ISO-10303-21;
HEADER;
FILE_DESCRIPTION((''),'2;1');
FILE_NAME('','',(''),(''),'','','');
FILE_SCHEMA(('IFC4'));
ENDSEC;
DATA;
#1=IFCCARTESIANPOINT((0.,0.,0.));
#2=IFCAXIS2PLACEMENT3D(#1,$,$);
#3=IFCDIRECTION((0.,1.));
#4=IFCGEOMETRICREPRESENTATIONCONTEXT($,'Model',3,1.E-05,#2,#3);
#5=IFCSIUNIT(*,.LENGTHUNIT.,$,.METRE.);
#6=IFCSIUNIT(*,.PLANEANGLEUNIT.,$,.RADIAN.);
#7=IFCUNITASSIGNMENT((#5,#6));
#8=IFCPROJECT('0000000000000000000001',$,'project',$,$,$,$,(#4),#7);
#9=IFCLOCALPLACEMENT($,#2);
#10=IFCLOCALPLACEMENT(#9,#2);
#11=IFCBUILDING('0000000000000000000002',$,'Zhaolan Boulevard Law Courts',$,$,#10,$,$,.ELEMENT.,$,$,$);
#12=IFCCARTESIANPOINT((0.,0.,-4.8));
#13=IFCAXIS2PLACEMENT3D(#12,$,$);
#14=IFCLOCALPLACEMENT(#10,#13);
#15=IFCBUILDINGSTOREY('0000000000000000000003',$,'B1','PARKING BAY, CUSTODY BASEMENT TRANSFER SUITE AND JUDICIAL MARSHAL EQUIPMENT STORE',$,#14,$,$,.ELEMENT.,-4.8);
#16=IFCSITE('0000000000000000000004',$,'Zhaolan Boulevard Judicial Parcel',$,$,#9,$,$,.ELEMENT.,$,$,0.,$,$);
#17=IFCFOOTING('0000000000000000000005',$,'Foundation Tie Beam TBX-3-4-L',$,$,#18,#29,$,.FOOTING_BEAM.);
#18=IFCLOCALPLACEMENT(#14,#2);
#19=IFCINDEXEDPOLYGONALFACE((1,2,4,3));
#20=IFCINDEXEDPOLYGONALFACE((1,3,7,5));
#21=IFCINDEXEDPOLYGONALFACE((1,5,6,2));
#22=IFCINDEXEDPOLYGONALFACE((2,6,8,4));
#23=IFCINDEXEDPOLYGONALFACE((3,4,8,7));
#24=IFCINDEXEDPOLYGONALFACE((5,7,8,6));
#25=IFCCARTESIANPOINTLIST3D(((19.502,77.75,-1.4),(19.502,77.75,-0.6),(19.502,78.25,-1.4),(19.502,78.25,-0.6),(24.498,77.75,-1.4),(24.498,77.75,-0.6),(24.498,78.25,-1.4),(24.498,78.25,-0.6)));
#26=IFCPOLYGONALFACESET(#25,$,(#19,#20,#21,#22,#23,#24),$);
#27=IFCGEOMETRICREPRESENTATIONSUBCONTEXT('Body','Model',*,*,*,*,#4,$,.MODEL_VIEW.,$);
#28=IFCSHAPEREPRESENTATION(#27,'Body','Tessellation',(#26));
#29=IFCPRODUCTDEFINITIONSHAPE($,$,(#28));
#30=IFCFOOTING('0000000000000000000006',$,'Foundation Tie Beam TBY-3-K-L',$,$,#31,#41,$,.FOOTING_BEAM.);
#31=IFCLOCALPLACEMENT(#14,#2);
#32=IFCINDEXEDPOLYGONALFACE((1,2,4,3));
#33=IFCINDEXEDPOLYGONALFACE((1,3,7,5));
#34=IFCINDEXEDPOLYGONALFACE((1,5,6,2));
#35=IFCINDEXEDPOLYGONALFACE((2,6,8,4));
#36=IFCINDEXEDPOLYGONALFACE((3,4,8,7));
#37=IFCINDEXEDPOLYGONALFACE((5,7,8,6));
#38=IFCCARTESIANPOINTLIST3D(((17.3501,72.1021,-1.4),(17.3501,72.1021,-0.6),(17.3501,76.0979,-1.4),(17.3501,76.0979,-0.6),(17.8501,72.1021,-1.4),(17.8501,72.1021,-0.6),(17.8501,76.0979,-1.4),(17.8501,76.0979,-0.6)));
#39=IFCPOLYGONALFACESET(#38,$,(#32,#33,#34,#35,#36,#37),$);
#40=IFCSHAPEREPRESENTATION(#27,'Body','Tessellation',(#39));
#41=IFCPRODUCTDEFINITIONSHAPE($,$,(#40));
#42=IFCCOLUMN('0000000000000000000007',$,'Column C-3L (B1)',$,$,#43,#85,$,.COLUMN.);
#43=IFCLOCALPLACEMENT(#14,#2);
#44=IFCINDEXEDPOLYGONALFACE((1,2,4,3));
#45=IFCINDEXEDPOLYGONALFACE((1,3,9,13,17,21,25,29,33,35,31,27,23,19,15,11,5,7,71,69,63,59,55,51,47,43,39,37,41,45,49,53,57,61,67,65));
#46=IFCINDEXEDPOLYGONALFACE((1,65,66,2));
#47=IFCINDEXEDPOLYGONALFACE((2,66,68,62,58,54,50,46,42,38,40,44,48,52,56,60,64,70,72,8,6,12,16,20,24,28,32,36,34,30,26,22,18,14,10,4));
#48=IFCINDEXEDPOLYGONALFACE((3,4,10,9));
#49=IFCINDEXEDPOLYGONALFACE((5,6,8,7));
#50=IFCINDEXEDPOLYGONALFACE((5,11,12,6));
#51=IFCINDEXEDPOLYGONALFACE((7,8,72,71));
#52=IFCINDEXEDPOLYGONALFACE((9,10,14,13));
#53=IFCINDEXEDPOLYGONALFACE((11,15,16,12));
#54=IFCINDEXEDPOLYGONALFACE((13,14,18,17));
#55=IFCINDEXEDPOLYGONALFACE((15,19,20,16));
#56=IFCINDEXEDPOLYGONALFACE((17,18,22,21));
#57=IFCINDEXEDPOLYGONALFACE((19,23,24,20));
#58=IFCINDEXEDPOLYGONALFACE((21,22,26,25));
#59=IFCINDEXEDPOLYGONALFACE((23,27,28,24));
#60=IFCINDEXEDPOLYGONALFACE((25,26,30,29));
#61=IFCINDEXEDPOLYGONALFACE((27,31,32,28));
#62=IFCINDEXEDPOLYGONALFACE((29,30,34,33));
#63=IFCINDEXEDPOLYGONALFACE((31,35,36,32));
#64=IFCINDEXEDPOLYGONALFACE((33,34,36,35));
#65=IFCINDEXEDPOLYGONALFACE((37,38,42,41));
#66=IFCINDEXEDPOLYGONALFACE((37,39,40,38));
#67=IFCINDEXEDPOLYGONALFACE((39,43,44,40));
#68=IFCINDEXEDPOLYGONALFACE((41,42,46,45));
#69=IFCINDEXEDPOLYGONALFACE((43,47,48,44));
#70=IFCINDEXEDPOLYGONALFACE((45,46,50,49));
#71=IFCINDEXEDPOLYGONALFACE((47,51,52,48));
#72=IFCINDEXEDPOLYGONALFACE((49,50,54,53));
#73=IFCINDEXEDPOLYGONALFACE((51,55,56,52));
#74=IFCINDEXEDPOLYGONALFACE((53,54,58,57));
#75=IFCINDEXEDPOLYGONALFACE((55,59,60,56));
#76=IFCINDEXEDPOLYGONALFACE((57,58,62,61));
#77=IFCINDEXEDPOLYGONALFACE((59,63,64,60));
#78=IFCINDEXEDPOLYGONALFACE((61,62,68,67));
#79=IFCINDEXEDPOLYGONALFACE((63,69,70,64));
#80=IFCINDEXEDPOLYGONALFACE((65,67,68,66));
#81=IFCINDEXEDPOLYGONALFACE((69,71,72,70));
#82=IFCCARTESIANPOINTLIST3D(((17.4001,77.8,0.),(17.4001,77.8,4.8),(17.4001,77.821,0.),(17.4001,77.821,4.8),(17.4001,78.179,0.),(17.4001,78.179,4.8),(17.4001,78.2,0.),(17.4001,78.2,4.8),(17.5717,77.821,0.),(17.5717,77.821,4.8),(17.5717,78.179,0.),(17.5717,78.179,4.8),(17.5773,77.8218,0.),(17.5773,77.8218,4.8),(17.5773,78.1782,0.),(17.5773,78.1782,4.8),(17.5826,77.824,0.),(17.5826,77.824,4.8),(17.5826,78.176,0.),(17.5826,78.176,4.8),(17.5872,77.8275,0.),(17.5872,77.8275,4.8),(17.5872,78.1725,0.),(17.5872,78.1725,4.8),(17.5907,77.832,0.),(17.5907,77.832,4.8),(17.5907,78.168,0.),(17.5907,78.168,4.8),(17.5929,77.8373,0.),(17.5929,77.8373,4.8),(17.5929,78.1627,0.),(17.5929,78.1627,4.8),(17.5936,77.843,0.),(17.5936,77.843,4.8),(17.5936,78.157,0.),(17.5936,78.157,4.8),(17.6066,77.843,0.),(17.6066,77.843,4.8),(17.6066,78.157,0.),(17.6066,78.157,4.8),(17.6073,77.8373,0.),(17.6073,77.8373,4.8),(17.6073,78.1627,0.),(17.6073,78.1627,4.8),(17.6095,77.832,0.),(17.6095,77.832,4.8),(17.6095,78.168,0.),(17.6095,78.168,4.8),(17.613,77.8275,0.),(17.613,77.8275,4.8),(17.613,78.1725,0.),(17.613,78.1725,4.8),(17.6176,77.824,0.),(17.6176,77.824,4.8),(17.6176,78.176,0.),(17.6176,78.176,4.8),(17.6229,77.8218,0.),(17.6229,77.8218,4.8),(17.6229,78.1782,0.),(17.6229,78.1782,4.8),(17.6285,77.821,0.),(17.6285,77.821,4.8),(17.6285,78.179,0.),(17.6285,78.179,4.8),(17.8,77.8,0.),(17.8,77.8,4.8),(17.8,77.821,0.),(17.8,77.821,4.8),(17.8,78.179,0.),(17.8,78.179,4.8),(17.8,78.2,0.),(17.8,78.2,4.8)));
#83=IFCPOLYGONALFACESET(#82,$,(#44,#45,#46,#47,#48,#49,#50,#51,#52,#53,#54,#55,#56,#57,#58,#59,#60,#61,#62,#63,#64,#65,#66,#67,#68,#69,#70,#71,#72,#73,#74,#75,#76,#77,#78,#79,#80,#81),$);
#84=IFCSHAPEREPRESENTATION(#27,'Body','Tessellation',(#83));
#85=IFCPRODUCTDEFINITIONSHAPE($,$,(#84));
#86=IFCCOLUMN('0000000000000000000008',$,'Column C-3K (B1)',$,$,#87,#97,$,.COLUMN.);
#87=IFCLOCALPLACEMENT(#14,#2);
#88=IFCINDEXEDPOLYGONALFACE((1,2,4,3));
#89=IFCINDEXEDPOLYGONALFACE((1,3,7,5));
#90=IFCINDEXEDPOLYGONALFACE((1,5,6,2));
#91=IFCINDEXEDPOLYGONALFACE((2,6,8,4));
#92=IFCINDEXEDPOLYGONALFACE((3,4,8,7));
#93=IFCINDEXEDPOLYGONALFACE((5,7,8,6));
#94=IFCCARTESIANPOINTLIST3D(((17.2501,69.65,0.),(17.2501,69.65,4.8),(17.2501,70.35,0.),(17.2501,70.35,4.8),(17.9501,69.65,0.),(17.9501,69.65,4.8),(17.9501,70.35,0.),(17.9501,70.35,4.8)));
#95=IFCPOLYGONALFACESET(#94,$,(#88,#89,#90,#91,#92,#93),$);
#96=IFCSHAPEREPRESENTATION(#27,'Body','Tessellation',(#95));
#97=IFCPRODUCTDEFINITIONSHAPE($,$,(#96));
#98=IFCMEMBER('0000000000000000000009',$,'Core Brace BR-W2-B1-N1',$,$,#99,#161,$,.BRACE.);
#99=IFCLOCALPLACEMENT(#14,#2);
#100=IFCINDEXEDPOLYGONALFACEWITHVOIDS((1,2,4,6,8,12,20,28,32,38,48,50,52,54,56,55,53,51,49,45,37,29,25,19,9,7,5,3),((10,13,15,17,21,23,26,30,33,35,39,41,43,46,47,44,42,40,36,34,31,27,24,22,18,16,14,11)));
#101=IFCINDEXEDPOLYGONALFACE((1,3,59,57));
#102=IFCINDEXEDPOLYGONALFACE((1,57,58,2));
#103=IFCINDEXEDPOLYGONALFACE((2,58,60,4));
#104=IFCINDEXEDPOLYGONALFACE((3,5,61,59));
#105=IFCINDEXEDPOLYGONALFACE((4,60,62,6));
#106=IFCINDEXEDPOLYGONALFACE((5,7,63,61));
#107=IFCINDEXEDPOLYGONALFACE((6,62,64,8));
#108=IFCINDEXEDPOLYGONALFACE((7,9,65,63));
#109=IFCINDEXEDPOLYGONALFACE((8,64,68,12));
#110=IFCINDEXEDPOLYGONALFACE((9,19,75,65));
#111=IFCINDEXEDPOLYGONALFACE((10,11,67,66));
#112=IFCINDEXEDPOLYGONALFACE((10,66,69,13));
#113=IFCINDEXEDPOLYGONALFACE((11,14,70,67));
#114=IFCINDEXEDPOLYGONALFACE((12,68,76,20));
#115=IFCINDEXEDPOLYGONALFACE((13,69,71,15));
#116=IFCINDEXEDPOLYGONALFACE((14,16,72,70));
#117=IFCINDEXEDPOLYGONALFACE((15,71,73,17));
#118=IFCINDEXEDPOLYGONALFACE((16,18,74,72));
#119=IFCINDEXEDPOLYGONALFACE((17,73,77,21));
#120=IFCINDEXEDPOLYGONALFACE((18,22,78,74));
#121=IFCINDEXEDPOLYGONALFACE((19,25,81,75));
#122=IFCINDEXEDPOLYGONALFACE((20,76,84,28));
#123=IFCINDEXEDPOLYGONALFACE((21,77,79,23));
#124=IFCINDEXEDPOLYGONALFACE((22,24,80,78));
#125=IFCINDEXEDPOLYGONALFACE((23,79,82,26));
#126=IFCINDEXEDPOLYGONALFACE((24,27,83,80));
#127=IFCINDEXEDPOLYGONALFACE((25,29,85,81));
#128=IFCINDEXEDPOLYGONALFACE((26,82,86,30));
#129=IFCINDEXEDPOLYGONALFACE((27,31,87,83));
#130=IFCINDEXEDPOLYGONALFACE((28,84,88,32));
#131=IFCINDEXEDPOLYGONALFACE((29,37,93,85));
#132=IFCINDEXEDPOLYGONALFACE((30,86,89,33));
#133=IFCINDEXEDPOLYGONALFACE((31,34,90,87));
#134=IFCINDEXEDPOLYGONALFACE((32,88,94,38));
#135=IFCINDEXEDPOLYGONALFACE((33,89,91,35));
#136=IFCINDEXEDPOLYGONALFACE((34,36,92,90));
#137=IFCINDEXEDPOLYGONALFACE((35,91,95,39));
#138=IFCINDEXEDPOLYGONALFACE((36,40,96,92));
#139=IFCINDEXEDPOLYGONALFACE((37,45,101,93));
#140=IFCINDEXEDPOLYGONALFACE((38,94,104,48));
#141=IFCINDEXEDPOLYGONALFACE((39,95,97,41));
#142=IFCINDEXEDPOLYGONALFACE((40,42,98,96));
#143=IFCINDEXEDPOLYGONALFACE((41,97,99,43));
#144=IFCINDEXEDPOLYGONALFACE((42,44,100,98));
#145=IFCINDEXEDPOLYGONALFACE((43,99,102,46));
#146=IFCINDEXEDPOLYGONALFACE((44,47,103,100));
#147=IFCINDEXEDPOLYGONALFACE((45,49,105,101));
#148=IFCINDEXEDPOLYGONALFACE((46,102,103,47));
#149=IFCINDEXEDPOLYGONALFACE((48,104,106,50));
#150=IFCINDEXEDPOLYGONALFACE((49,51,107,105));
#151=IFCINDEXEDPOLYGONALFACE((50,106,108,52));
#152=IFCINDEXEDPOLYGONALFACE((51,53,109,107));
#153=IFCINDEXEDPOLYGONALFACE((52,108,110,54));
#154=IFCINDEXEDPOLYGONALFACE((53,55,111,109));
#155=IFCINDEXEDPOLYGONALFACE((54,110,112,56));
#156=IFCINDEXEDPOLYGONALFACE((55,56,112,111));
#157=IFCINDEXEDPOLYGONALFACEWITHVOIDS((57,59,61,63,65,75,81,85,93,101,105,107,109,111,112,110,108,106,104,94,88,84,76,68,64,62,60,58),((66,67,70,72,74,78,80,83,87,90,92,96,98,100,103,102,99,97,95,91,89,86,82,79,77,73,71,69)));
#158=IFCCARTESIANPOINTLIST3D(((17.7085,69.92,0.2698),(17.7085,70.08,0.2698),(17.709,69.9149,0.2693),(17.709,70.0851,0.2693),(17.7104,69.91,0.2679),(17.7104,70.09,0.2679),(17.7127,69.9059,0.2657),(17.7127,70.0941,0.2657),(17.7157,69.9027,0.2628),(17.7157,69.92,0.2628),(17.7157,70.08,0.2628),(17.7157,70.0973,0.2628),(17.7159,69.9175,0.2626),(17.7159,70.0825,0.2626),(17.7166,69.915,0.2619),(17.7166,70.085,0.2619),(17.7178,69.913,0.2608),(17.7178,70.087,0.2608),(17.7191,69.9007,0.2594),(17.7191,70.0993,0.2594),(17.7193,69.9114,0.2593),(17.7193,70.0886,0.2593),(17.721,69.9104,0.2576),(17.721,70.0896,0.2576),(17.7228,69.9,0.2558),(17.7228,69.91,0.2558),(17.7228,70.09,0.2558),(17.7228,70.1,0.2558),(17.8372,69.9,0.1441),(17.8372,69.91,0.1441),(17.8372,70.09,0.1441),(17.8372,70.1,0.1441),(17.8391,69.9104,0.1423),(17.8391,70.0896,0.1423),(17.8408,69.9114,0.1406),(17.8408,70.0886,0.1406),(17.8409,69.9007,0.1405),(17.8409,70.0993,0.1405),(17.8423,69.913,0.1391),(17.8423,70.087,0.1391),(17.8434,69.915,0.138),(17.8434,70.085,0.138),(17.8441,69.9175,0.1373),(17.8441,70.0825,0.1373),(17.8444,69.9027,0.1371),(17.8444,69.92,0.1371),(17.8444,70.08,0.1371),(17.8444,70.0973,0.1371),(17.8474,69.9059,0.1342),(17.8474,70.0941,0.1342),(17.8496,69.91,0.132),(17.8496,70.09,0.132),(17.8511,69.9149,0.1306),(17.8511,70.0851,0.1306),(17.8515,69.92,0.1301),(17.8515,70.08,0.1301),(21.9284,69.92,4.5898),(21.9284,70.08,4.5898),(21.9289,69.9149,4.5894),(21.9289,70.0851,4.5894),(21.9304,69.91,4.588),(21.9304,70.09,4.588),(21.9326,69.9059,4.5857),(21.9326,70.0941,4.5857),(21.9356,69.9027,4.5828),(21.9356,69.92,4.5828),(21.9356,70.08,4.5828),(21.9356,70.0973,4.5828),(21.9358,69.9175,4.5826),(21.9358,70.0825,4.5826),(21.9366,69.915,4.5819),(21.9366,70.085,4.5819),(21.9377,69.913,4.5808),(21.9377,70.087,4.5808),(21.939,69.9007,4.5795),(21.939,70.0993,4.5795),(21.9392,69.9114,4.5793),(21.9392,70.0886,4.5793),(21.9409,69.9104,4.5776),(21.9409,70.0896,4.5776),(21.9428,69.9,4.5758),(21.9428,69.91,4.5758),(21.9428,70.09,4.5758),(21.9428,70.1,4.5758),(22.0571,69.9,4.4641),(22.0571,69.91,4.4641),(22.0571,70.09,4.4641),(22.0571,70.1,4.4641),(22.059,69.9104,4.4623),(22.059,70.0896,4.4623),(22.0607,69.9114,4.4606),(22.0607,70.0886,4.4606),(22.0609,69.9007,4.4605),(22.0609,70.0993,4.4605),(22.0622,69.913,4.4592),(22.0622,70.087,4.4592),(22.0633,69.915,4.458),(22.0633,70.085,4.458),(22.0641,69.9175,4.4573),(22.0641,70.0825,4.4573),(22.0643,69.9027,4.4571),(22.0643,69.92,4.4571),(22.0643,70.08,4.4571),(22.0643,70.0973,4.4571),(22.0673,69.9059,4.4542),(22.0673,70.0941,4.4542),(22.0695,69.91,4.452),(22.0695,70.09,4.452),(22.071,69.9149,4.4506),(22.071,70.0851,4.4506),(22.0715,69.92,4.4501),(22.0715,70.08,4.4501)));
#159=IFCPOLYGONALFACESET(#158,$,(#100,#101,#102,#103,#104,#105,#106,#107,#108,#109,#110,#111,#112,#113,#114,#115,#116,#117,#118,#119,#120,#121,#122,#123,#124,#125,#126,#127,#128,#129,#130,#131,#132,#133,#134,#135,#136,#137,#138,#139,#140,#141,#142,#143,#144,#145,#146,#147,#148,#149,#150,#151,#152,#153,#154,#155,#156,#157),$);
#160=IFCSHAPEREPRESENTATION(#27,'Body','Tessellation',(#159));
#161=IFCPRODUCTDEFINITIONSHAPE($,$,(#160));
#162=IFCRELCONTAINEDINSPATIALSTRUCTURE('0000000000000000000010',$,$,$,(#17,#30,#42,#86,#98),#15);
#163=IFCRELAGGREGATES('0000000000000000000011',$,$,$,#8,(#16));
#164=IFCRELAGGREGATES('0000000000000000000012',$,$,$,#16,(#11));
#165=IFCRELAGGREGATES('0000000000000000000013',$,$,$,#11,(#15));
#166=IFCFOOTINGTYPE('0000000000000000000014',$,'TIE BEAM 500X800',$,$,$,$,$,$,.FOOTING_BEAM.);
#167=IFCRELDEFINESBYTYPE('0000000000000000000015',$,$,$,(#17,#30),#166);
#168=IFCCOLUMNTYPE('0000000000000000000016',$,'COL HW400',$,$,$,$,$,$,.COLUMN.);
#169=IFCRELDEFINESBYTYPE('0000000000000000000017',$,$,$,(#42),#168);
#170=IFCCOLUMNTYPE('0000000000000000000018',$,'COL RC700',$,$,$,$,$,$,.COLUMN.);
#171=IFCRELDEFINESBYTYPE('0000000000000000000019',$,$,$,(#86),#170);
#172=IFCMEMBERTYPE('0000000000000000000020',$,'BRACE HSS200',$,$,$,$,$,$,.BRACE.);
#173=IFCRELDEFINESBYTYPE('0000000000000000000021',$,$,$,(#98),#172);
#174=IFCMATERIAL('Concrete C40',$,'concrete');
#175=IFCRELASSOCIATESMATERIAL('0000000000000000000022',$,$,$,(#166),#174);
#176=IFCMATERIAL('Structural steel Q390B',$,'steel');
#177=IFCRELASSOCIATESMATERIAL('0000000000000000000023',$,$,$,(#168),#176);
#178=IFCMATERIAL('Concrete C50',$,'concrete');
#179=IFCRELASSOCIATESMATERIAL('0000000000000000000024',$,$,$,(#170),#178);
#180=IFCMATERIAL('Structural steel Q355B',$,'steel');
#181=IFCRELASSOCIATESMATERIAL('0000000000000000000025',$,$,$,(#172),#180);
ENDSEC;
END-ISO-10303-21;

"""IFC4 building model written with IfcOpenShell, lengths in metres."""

from ifc_helpers import new_model, si_unit, direction, frame, origin, origin_2d, place, context, subcontext, project, spatial, rectangle, hollow_rectangle, i_section, extrude, material, material_profile, profile_set, type_object, element, save


model = new_model("IFC4")

# Units and contexts
model_context = context("Model", 3, precision=1e-05, world=origin(), true_north=direction((0.0, 1.0)))
body_context = subcontext(model_context, "Body", "Model", "MODEL_VIEW")
ifc_project = project(units=[si_unit("LENGTHUNIT", "METRE"), si_unit("PLANEANGLEUNIT", "RADIAN")], contexts=[model_context])

# Site, building, storey
site_placement = place(None, origin())
site = spatial("IfcSite", under=ifc_project, at=site_placement, Name="Zhaolan Boulevard Judicial Parcel", CompositionType="ELEMENT", RefElevation=0.0)
building_placement = place(site_placement, origin())
building = spatial("IfcBuilding", under=site, at=building_placement, Name="Zhaolan Boulevard Law Courts", CompositionType="ELEMENT")
storey_placement = place(building_placement, frame((0.0, 0.0, -4.8)))
storey = spatial("IfcBuildingStorey", under=building, at=storey_placement, Name="B1", Description="PARKING BAY, CUSTODY BASEMENT TRANSFER SUITE AND JUDICIAL MARSHAL EQUIPMENT STORE", CompositionType="ELEMENT", Elevation=-4.8)

# Footings
ifc_material_1 = material(Name="Concrete C40", Category="concrete")
ifc_material_profile_1 = material_profile(ifc_material_1, rectangle(XDim=0.5, YDim=0.8, at=origin_2d()), Name="RC500x800")
ifc_profile_set_1 = profile_set([ifc_material_profile_1], Name="Concrete C40")
footing_type_1 = type_object("IfcFootingType", Name="TIE BEAM 500X800", PredefinedType="FOOTING_BEAM", material=ifc_profile_set_1)
footing_1_placement = place(storey_placement, frame((19.502, 78.0, -1.0), z_axis=(1.0, 0.0, 0.0), x_axis=(0.0, 1.0, 0.0)))
element("IfcFooting", 1, at=footing_1_placement, inside=storey, type_object=footing_type_1, Name="Foundation Tie Beam TBX-3-4-L", PredefinedType="FOOTING_BEAM", context=body_context, shape_type="SweptSolid", body=[
    extrude(rectangle(XDim=0.5, YDim=0.8, at=origin_2d()), origin(), (0.0, 0.0, 1.0), 4.9961),
])
footing_2_placement = place(storey_placement, frame((17.6001, 72.1021, -1.0), z_axis=(0.0, 1.0, 0.0), x_axis=(-1.0, 0.0, 0.0)))
element("IfcFooting", 2, at=footing_2_placement, inside=storey, type_object=footing_type_1, Name="Foundation Tie Beam TBY-3-K-L", PredefinedType="FOOTING_BEAM", context=body_context, shape_type="SweptSolid", body=[
    extrude(rectangle(XDim=0.5, YDim=0.8, at=origin_2d()), origin(), (0.0, 0.0, 1.0), 3.9958),
])

# Columns
ifc_material_2 = material(Name="Structural steel Q390B", Category="steel")
ifc_material_profile_2 = material_profile(ifc_material_2, i_section(OverallWidth=0.3999, OverallDepth=0.3999, WebThickness=0.0129, FlangeThickness=0.021, FilletRadius=0.022, at=origin_2d()), Name="HW400x400")
ifc_profile_set_2 = profile_set([ifc_material_profile_2], Name="Structural steel Q390B")
column_type_1 = type_object("IfcColumnType", Name="COL HW400", PredefinedType="COLUMN", material=ifc_profile_set_2)
column_1_placement = place(storey_placement, frame((17.6001, 78.0, 0.0), z_axis=(0.0, 0.0, 1.0), x_axis=(1.0, 0.0, 0.0)))
element("IfcColumn", 3, at=column_1_placement, inside=storey, type_object=column_type_1, Name="Column C-3L (B1)", PredefinedType="COLUMN", context=body_context, shape_type="SweptSolid", body=[
    extrude(i_section(OverallWidth=0.3999, OverallDepth=0.3999, WebThickness=0.0129, FlangeThickness=0.021, FilletRadius=0.022, at=origin_2d()), origin(), (0.0, 0.0, 1.0), 4.8),
])
ifc_material_3 = material(Name="Concrete C50", Category="concrete")
ifc_material_profile_3 = material_profile(ifc_material_3, rectangle(XDim=0.7, YDim=0.7, at=origin_2d()), Name="RC700x700")
ifc_profile_set_3 = profile_set([ifc_material_profile_3], Name="Concrete C50")
column_type_2 = type_object("IfcColumnType", Name="COL RC700", PredefinedType="COLUMN", material=ifc_profile_set_3)
column_2_placement = place(storey_placement, frame((17.6001, 70.0, 0.0), z_axis=(0.0, 0.0, 1.0), x_axis=(1.0, 0.0, 0.0)))
element("IfcColumn", 4, at=column_2_placement, inside=storey, type_object=column_type_2, Name="Column C-3K (B1)", PredefinedType="COLUMN", context=body_context, shape_type="SweptSolid", body=[
    extrude(rectangle(XDim=0.7, YDim=0.7, at=origin_2d()), origin(), (0.0, 0.0, 1.0), 4.8),
])

# Member
ifc_material_4 = material(Name="Structural steel Q355B", Category="steel")
ifc_material_profile_4 = material_profile(ifc_material_4, hollow_rectangle(XDim=0.2, YDim=0.2, WallThickness=0.01, InnerFilletRadius=0.01, OuterFilletRadius=0.02, at=origin_2d()), Name="HSS200x200x10")
ifc_profile_set_4 = profile_set([ifc_material_profile_4], Name="Structural steel Q355B")
member_type = type_object("IfcMemberType", Name="BRACE HSS200", PredefinedType="BRACE", material=ifc_profile_set_4)
member_placement = place(storey_placement, frame((17.78, 70.0, 0.2), z_axis=(0.698771, 0.0, 0.715346), x_axis=(0.0, 1.0, 0.0)))
element("IfcMember", 5, at=member_placement, inside=storey, type_object=member_type, Name="Core Brace BR-W2-B1-N1", PredefinedType="BRACE", context=body_context, shape_type="SweptSolid", body=[
    extrude(hollow_rectangle(XDim=0.2, YDim=0.2, WallThickness=0.01, InnerFilletRadius=0.01, OuterFilletRadius=0.02, at=origin_2d()), origin(), (0.0, 0.0, 1.0), 6.0391),
])

save(model, "model.ifc")
